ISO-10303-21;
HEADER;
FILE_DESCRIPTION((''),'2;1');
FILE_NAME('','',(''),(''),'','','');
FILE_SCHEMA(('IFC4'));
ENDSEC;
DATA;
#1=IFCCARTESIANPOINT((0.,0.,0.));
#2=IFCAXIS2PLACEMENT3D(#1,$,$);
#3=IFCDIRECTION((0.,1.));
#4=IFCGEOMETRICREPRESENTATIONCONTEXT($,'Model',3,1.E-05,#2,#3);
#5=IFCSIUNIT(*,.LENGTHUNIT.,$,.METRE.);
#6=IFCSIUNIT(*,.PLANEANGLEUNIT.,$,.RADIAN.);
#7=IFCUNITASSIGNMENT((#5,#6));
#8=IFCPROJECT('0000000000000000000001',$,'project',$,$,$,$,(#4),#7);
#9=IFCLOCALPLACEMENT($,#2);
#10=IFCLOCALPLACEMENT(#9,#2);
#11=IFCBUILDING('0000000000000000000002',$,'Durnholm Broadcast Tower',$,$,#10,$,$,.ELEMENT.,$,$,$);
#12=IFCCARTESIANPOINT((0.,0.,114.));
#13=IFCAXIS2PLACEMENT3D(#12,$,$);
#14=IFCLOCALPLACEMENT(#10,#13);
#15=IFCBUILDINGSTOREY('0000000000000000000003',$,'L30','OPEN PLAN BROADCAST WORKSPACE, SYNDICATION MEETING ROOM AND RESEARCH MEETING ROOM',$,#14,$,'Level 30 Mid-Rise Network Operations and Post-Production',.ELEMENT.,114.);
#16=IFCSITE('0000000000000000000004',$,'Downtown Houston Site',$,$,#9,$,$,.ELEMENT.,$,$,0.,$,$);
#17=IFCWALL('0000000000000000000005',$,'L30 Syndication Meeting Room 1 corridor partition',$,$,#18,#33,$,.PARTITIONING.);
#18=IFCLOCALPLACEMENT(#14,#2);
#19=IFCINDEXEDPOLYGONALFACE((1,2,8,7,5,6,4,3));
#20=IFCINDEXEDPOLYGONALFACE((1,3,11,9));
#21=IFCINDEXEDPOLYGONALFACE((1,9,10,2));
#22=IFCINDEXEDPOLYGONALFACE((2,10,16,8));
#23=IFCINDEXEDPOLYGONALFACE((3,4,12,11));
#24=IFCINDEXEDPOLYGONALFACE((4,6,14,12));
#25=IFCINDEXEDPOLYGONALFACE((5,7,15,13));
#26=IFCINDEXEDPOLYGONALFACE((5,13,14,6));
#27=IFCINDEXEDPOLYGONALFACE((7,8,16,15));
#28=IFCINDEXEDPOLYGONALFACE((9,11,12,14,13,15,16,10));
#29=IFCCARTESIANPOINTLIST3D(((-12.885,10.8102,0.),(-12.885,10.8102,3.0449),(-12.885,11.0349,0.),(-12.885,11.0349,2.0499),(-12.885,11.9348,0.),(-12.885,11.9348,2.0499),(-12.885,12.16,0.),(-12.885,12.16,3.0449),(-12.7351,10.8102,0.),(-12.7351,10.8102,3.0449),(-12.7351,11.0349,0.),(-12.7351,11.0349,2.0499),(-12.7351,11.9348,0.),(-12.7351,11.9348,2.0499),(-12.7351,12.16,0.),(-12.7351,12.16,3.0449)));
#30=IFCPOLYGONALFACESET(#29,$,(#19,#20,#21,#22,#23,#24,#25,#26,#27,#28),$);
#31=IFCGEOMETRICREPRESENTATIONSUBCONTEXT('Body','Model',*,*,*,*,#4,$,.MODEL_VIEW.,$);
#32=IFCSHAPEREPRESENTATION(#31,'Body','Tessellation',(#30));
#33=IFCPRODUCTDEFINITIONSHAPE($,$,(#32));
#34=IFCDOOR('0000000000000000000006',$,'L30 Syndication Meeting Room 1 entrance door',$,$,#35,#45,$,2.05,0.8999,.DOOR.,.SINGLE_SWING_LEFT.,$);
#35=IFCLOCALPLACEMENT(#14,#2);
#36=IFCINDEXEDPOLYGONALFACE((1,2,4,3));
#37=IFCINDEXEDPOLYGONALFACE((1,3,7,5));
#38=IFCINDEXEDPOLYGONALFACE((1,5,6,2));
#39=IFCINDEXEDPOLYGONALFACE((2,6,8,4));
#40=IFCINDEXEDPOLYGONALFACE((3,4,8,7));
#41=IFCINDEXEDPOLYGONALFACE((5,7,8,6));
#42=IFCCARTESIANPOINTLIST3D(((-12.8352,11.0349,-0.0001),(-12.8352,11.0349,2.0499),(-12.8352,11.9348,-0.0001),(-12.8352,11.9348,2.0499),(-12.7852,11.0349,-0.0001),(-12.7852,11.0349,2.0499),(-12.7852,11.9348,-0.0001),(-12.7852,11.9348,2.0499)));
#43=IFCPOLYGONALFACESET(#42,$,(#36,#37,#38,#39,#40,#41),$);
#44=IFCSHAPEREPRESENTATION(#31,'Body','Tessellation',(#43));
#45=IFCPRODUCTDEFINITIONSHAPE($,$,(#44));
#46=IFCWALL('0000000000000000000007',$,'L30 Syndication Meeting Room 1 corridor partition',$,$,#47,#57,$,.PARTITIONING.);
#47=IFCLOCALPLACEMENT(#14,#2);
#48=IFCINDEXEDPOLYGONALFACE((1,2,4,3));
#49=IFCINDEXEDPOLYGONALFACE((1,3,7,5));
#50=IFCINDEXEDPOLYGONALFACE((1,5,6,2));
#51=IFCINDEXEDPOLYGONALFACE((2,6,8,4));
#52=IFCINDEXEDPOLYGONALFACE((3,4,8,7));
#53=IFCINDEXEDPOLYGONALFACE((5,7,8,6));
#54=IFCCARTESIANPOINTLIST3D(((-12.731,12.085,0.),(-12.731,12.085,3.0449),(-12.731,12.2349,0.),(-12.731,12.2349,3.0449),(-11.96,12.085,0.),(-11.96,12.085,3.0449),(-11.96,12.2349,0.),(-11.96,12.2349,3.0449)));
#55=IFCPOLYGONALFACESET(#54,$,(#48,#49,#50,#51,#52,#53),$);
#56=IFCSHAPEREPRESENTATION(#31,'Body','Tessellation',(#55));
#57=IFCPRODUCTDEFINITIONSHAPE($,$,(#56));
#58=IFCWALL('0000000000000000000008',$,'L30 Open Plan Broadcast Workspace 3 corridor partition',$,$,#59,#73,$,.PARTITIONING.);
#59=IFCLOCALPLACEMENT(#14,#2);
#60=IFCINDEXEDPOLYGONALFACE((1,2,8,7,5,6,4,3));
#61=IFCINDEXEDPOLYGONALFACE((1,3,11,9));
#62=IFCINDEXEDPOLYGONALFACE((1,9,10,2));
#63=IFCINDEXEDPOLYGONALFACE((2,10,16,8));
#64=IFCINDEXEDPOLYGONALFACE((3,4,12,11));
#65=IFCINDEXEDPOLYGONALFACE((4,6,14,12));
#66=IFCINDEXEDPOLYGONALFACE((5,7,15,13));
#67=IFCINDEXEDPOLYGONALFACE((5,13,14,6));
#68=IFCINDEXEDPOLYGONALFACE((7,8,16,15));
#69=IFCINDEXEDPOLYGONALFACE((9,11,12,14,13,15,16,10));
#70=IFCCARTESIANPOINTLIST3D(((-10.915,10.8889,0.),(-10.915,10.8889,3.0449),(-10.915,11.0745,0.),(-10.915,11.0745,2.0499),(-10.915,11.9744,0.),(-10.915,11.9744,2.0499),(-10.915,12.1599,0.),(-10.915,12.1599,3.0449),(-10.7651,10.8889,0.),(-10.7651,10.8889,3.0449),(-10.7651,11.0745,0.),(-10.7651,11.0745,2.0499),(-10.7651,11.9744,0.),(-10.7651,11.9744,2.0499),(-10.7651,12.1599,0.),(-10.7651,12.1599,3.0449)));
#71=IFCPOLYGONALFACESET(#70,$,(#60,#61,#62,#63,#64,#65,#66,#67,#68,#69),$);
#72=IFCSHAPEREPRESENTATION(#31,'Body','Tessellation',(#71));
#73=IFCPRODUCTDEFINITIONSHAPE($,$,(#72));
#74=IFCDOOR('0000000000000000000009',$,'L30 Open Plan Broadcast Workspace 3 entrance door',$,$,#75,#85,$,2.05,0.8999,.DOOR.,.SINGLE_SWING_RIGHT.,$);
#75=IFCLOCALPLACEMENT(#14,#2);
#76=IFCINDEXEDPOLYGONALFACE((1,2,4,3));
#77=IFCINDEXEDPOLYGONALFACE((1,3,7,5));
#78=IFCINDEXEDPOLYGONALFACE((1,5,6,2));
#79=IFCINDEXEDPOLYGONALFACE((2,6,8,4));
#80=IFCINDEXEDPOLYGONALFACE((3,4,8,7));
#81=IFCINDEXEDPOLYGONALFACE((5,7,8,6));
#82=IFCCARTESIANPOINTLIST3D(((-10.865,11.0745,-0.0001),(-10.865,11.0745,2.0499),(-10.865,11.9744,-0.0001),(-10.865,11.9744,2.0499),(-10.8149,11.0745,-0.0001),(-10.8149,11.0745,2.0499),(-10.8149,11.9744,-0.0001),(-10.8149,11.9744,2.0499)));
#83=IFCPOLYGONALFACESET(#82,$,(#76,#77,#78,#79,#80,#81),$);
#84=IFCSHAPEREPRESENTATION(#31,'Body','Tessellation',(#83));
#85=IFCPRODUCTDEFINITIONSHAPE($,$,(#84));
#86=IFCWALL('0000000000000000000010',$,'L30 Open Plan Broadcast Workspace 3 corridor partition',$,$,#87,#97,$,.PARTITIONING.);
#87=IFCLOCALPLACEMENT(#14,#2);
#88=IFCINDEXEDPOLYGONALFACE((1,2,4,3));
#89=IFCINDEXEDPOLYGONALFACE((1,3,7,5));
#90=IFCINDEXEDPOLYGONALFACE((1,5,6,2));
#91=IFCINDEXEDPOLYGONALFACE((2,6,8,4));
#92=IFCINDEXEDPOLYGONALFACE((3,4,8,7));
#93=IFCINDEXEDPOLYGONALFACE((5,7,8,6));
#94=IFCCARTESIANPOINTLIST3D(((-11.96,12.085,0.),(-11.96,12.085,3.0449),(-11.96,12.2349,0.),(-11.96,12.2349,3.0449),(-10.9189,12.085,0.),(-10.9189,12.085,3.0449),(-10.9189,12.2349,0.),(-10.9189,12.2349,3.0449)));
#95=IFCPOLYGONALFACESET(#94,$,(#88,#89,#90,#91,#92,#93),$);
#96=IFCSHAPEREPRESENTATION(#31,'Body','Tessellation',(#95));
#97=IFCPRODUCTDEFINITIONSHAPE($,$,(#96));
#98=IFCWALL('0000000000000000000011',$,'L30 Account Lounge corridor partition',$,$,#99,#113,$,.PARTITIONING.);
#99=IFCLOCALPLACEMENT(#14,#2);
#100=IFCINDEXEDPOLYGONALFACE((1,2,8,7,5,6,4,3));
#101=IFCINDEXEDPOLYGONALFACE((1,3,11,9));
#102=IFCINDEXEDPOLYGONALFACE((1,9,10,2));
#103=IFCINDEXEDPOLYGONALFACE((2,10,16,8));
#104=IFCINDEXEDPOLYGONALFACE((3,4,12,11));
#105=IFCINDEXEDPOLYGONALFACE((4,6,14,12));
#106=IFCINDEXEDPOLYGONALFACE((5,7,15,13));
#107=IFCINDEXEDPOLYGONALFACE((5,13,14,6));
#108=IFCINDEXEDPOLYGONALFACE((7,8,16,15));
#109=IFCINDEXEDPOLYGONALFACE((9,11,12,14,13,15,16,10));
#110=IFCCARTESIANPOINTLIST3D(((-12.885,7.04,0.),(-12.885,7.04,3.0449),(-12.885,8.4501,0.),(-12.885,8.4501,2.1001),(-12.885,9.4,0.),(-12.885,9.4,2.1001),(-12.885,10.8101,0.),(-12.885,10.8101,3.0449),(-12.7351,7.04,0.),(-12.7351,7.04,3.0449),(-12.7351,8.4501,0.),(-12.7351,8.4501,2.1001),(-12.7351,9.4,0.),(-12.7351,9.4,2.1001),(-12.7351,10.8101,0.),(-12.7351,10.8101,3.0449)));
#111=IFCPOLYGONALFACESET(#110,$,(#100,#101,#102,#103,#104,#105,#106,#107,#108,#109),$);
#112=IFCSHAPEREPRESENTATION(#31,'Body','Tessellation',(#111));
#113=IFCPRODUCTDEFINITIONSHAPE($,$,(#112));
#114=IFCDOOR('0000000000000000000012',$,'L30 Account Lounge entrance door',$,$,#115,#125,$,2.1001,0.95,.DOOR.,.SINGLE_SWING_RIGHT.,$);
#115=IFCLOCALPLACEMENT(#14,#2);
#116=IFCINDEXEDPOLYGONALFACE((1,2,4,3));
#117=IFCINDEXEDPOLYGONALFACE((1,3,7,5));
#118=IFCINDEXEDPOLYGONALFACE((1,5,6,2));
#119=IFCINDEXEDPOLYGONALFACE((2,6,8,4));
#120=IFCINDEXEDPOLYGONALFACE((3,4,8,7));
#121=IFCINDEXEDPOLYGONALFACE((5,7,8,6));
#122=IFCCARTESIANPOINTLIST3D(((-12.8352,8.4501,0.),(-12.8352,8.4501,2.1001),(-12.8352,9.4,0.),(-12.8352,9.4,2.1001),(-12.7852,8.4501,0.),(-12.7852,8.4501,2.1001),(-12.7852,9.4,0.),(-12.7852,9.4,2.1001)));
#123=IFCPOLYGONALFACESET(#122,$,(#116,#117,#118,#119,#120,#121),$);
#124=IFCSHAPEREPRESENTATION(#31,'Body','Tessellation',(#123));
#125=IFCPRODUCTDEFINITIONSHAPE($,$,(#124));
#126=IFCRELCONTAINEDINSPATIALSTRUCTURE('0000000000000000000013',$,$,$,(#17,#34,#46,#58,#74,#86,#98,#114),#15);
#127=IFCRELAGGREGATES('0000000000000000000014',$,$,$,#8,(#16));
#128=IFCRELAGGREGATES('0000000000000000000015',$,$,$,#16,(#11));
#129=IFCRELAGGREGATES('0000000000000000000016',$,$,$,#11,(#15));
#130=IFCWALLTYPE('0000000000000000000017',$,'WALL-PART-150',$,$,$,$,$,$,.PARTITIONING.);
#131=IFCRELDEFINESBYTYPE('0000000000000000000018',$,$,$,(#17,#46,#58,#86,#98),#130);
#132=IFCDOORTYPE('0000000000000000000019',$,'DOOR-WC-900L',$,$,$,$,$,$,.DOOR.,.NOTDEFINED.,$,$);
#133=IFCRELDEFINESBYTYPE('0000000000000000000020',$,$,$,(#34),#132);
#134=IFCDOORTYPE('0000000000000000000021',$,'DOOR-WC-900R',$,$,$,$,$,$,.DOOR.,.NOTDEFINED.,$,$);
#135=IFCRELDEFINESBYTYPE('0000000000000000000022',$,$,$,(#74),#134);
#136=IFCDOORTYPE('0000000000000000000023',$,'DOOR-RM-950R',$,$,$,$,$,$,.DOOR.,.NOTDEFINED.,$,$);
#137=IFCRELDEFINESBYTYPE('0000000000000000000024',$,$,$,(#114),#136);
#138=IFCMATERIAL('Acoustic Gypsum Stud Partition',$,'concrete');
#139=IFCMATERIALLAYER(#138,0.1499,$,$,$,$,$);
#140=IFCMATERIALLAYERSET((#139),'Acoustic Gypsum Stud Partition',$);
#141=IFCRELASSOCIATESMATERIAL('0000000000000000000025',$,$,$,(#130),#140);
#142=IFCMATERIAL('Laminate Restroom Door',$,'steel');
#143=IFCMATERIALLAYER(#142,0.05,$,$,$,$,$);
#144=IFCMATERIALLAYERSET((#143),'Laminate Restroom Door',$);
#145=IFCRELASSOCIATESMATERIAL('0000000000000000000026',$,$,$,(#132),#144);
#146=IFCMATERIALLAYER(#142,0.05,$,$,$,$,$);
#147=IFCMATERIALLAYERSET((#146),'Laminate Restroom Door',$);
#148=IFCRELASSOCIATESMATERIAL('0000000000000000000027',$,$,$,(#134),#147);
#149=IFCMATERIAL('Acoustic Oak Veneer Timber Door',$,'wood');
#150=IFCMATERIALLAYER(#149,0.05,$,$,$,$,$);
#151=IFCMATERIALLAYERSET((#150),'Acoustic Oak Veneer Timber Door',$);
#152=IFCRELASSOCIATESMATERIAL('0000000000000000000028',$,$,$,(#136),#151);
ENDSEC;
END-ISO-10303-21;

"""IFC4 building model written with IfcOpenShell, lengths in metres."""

from ifc_helpers import new_model, si_unit, direction, frame, frame_2d, origin, place, context, subcontext, project, spatial, rectangle, extrude, source, transform, mapped, material, layer, layer_set, type_object, type_shapes, element, fill, save


model = new_model("IFC4")

# Units and contexts
model_context = context("Model", 3, precision=1e-05, world=origin(), true_north=direction((0.0, 1.0)))
body_context = subcontext(model_context, "Body", "Model", "MODEL_VIEW")
ifc_project = project(units=[si_unit("LENGTHUNIT", "METRE"), si_unit("PLANEANGLEUNIT", "RADIAN")], contexts=[model_context])

# Site, building, storey
site_placement = place(None, origin())
site = spatial("IfcSite", under=ifc_project, at=site_placement, Name="Downtown Houston Site", CompositionType="ELEMENT", RefElevation=0.0)
building_placement = place(site_placement, origin())
building = spatial("IfcBuilding", under=site, at=building_placement, Name="Durnholm Broadcast Tower", CompositionType="ELEMENT")
storey_placement = place(building_placement, frame((0.0, 0.0, 114.0)))
storey = spatial("IfcBuildingStorey", under=building, at=storey_placement, Name="L30", Description="OPEN PLAN BROADCAST WORKSPACE, SYNDICATION MEETING ROOM AND RESEARCH MEETING ROOM", LongName="Level 30 Mid-Rise Network Operations and Post-Production", CompositionType="ELEMENT", Elevation=114.0)

# Wall, opening, door
ifc_material_1 = material(Name="Acoustic Gypsum Stud Partition", Category="concrete")
ifc_layer_1 = layer(ifc_material_1, 0.1499)
ifc_layer_set_1 = layer_set([ifc_layer_1], Name="Acoustic Gypsum Stud Partition")
wall_type_1 = type_object("IfcWallType", Name="WALL-PART-150", PredefinedType="PARTITIONING", material=ifc_layer_set_1)
wall_1_placement = place(storey_placement, frame((-12.8101, 12.1599, 0.0), z_axis=(0.0, 0.0, 1.0), x_axis=(0.0, -1.0, 0.0)))
wall_1 = element("IfcWall", 1, at=wall_1_placement, inside=storey, type_object=wall_type_1, Name="L30 Syndication Meeting Room 1 corridor partition", PredefinedType="PARTITIONING", context=body_context, shape_type="SweptSolid", body=[
    extrude(rectangle(XDim=1.3499, YDim=0.1499, at=frame_2d((0.6748, 0.0))), origin(), (0.0, 0.0, 1.0), 3.0449),
])
opening_1_placement = place(wall_1_placement, frame((0.2251, 0.0, 0.0)))
opening_1 = element("IfcOpeningElement", 2, at=opening_1_placement, cuts=wall_1, PredefinedType="OPENING", context=body_context, shape_type="SweptSolid", body=[
    extrude(rectangle(XDim=0.8999, YDim=2.05, at=frame_2d((0.45, 1.0249))), frame((0.0, 0.085, 0.0), z_axis=(0.0, -1.0, 0.0), x_axis=(1.0, 0.0, 0.0)), (0.0, 0.0, 1.0), 0.1699),
])
ifc_material_2 = material(Name="Laminate Restroom Door", Category="steel")
ifc_layer_2 = layer(ifc_material_2, 0.05)
ifc_layer_set_2 = layer_set([ifc_layer_2], Name="Laminate Restroom Door")
door_type_1 = type_object("IfcDoorType", Name="DOOR-WC-900L", OperationType="NOTDEFINED", PredefinedType="DOOR", material=ifc_layer_set_2)
shared_shape_1 = source(origin(), body_context, "Body", "SweptSolid", [
    extrude(rectangle(XDim=0.8999, YDim=2.05, at=frame_2d((0.45, 1.0249))), frame((0.0, 0.0249, 0.0), z_axis=(0.0, -1.0, 0.0), x_axis=(1.0, 0.0, 0.0)), (0.0, 0.0, 1.0), 0.05),
])
type_shapes(door_type_1, [shared_shape_1])
door_1_placement = place(opening_1_placement, origin())
door_1 = element("IfcDoor", 3, at=door_1_placement, inside=storey, type_object=door_type_1, Name="L30 Syndication Meeting Room 1 entrance door", OperationType="SINGLE_SWING_LEFT", OverallHeight=2.05, OverallWidth=0.8999, PredefinedType="DOOR", context=body_context, shape_type="MappedRepresentation", body=[
    mapped(shared_shape_1, transform((0.0, 0.0, 0.0), x_axis=(1.0, 0.0, 0.0), y_axis=(0.0, 1.0, 0.0), z_axis=(0.0, 0.0, 1.0), scale=1.0)),
])
fill(opening_1, door_1)

# Wall
wall_2_placement = place(storey_placement, frame((-11.96, 12.1599, 0.0), z_axis=(0.0, 0.0, 1.0), x_axis=(-1.0, 0.0, 0.0)))
element("IfcWall", 4, at=wall_2_placement, inside=storey, type_object=wall_type_1, Name="L30 Syndication Meeting Room 1 corridor partition", PredefinedType="PARTITIONING", context=body_context, shape_type="SweptSolid", body=[
    extrude(rectangle(XDim=0.771, YDim=0.1499, at=frame_2d((0.3855, 0.0))), origin(), (0.0, 0.0, 1.0), 3.0449),
])

# Wall, opening, door
wall_3_placement = place(storey_placement, frame((-10.8401, 10.8889, 0.0), z_axis=(0.0, 0.0, 1.0), x_axis=(0.0, 1.0, 0.0)))
wall_3 = element("IfcWall", 5, at=wall_3_placement, inside=storey, type_object=wall_type_1, Name="L30 Open Plan Broadcast Workspace 3 corridor partition", PredefinedType="PARTITIONING", context=body_context, shape_type="SweptSolid", body=[
    extrude(rectangle(XDim=1.271, YDim=0.1499, at=frame_2d((0.6355, 0.0))), origin(), (0.0, 0.0, 1.0), 3.0449),
])
opening_2_placement = place(wall_3_placement, frame((0.1855, 0.0, 0.0)))
opening_2 = element("IfcOpeningElement", 6, at=opening_2_placement, cuts=wall_3, PredefinedType="OPENING", context=body_context, shape_type="SweptSolid", body=[
    extrude(rectangle(XDim=0.8999, YDim=2.05, at=frame_2d((0.45, 1.0249))), frame((0.0, 0.085, 0.0), z_axis=(0.0, -1.0, 0.0), x_axis=(1.0, 0.0, 0.0)), (0.0, 0.0, 1.0), 0.1699),
])
ifc_layer_3 = layer(ifc_material_2, 0.05)
ifc_layer_set_3 = layer_set([ifc_layer_3], Name="Laminate Restroom Door")
door_type_2 = type_object("IfcDoorType", Name="DOOR-WC-900R", OperationType="NOTDEFINED", PredefinedType="DOOR", material=ifc_layer_set_3)
shared_shape_2 = source(origin(), body_context, "Body", "SweptSolid", [
    extrude(rectangle(XDim=0.8999, YDim=2.05, at=frame_2d((0.45, 1.0249))), frame((0.0, 0.0249, 0.0), z_axis=(0.0, -1.0, 0.0), x_axis=(1.0, 0.0, 0.0)), (0.0, 0.0, 1.0), 0.05),
])
type_shapes(door_type_2, [shared_shape_2])
door_2_placement = place(opening_2_placement, origin())
door_2 = element("IfcDoor", 7, at=door_2_placement, inside=storey, type_object=door_type_2, Name="L30 Open Plan Broadcast Workspace 3 entrance door", OperationType="SINGLE_SWING_RIGHT", OverallHeight=2.05, OverallWidth=0.8999, PredefinedType="DOOR", context=body_context, shape_type="MappedRepresentation", body=[
    mapped(shared_shape_2, transform((0.0, 0.0, 0.0), x_axis=(1.0, 0.0, 0.0), y_axis=(0.0, 1.0, 0.0), z_axis=(0.0, 0.0, 1.0), scale=1.0)),
])
fill(opening_2, door_2)

# Wall
wall_4_placement = place(storey_placement, frame((-10.9189, 12.1599, 0.0), z_axis=(0.0, 0.0, 1.0), x_axis=(-1.0, 0.0, 0.0)))
element("IfcWall", 8, at=wall_4_placement, inside=storey, type_object=wall_type_1, Name="L30 Open Plan Broadcast Workspace 3 corridor partition", PredefinedType="PARTITIONING", context=body_context, shape_type="SweptSolid", body=[
    extrude(rectangle(XDim=1.041, YDim=0.1499, at=frame_2d((0.5205, 0.0))), origin(), (0.0, 0.0, 1.0), 3.0449),
])

# Wall, opening, door
wall_5_placement = place(storey_placement, frame((-12.8101, 10.8101, 0.0), z_axis=(0.0, 0.0, 1.0), x_axis=(0.0, -1.0, 0.0)))
wall_5 = element("IfcWall", 9, at=wall_5_placement, inside=storey, type_object=wall_type_1, Name="L30 Account Lounge corridor partition", PredefinedType="PARTITIONING", context=body_context, shape_type="SweptSolid", body=[
    extrude(rectangle(XDim=3.77, YDim=0.1499, at=frame_2d((1.885, 0.0))), origin(), (0.0, 0.0, 1.0), 3.0449),
])
opening_3_placement = place(wall_5_placement, frame((1.4099, 0.0, 0.0)))
opening_3 = element("IfcOpeningElement", 10, at=opening_3_placement, cuts=wall_5, PredefinedType="OPENING", context=body_context, shape_type="SweptSolid", body=[
    extrude(rectangle(XDim=0.95, YDim=2.1001, at=frame_2d((0.4751, 1.05))), frame((0.0, 0.085, 0.0), z_axis=(0.0, -1.0, 0.0), x_axis=(1.0, 0.0, 0.0)), (0.0, 0.0, 1.0), 0.1699),
])
ifc_material_3 = material(Name="Acoustic Oak Veneer Timber Door", Category="wood")
ifc_layer_4 = layer(ifc_material_3, 0.05)
ifc_layer_set_4 = layer_set([ifc_layer_4], Name="Acoustic Oak Veneer Timber Door")
door_type_3 = type_object("IfcDoorType", Name="DOOR-RM-950R", OperationType="NOTDEFINED", PredefinedType="DOOR", material=ifc_layer_set_4)
shared_shape_3 = source(origin(), body_context, "Body", "SweptSolid", [
    extrude(rectangle(XDim=0.95, YDim=2.1001, at=frame_2d((0.4751, 1.05))), frame((0.0, 0.0249, 0.0), z_axis=(0.0, -1.0, 0.0), x_axis=(1.0, 0.0, 0.0)), (0.0, 0.0, 1.0), 0.05),
])
type_shapes(door_type_3, [shared_shape_3])
door_3_placement = place(opening_3_placement, origin())
door_3 = element("IfcDoor", 11, at=door_3_placement, inside=storey, type_object=door_type_3, Name="L30 Account Lounge entrance door", OperationType="SINGLE_SWING_RIGHT", OverallHeight=2.1001, OverallWidth=0.95, PredefinedType="DOOR", context=body_context, shape_type="MappedRepresentation", body=[
    mapped(shared_shape_3, transform((0.0, 0.0, 0.0), x_axis=(1.0, 0.0, 0.0), y_axis=(0.0, 1.0, 0.0), z_axis=(0.0, 0.0, 1.0), scale=1.0)),
])
fill(opening_3, door_3)

save(model, "model.ifc")
